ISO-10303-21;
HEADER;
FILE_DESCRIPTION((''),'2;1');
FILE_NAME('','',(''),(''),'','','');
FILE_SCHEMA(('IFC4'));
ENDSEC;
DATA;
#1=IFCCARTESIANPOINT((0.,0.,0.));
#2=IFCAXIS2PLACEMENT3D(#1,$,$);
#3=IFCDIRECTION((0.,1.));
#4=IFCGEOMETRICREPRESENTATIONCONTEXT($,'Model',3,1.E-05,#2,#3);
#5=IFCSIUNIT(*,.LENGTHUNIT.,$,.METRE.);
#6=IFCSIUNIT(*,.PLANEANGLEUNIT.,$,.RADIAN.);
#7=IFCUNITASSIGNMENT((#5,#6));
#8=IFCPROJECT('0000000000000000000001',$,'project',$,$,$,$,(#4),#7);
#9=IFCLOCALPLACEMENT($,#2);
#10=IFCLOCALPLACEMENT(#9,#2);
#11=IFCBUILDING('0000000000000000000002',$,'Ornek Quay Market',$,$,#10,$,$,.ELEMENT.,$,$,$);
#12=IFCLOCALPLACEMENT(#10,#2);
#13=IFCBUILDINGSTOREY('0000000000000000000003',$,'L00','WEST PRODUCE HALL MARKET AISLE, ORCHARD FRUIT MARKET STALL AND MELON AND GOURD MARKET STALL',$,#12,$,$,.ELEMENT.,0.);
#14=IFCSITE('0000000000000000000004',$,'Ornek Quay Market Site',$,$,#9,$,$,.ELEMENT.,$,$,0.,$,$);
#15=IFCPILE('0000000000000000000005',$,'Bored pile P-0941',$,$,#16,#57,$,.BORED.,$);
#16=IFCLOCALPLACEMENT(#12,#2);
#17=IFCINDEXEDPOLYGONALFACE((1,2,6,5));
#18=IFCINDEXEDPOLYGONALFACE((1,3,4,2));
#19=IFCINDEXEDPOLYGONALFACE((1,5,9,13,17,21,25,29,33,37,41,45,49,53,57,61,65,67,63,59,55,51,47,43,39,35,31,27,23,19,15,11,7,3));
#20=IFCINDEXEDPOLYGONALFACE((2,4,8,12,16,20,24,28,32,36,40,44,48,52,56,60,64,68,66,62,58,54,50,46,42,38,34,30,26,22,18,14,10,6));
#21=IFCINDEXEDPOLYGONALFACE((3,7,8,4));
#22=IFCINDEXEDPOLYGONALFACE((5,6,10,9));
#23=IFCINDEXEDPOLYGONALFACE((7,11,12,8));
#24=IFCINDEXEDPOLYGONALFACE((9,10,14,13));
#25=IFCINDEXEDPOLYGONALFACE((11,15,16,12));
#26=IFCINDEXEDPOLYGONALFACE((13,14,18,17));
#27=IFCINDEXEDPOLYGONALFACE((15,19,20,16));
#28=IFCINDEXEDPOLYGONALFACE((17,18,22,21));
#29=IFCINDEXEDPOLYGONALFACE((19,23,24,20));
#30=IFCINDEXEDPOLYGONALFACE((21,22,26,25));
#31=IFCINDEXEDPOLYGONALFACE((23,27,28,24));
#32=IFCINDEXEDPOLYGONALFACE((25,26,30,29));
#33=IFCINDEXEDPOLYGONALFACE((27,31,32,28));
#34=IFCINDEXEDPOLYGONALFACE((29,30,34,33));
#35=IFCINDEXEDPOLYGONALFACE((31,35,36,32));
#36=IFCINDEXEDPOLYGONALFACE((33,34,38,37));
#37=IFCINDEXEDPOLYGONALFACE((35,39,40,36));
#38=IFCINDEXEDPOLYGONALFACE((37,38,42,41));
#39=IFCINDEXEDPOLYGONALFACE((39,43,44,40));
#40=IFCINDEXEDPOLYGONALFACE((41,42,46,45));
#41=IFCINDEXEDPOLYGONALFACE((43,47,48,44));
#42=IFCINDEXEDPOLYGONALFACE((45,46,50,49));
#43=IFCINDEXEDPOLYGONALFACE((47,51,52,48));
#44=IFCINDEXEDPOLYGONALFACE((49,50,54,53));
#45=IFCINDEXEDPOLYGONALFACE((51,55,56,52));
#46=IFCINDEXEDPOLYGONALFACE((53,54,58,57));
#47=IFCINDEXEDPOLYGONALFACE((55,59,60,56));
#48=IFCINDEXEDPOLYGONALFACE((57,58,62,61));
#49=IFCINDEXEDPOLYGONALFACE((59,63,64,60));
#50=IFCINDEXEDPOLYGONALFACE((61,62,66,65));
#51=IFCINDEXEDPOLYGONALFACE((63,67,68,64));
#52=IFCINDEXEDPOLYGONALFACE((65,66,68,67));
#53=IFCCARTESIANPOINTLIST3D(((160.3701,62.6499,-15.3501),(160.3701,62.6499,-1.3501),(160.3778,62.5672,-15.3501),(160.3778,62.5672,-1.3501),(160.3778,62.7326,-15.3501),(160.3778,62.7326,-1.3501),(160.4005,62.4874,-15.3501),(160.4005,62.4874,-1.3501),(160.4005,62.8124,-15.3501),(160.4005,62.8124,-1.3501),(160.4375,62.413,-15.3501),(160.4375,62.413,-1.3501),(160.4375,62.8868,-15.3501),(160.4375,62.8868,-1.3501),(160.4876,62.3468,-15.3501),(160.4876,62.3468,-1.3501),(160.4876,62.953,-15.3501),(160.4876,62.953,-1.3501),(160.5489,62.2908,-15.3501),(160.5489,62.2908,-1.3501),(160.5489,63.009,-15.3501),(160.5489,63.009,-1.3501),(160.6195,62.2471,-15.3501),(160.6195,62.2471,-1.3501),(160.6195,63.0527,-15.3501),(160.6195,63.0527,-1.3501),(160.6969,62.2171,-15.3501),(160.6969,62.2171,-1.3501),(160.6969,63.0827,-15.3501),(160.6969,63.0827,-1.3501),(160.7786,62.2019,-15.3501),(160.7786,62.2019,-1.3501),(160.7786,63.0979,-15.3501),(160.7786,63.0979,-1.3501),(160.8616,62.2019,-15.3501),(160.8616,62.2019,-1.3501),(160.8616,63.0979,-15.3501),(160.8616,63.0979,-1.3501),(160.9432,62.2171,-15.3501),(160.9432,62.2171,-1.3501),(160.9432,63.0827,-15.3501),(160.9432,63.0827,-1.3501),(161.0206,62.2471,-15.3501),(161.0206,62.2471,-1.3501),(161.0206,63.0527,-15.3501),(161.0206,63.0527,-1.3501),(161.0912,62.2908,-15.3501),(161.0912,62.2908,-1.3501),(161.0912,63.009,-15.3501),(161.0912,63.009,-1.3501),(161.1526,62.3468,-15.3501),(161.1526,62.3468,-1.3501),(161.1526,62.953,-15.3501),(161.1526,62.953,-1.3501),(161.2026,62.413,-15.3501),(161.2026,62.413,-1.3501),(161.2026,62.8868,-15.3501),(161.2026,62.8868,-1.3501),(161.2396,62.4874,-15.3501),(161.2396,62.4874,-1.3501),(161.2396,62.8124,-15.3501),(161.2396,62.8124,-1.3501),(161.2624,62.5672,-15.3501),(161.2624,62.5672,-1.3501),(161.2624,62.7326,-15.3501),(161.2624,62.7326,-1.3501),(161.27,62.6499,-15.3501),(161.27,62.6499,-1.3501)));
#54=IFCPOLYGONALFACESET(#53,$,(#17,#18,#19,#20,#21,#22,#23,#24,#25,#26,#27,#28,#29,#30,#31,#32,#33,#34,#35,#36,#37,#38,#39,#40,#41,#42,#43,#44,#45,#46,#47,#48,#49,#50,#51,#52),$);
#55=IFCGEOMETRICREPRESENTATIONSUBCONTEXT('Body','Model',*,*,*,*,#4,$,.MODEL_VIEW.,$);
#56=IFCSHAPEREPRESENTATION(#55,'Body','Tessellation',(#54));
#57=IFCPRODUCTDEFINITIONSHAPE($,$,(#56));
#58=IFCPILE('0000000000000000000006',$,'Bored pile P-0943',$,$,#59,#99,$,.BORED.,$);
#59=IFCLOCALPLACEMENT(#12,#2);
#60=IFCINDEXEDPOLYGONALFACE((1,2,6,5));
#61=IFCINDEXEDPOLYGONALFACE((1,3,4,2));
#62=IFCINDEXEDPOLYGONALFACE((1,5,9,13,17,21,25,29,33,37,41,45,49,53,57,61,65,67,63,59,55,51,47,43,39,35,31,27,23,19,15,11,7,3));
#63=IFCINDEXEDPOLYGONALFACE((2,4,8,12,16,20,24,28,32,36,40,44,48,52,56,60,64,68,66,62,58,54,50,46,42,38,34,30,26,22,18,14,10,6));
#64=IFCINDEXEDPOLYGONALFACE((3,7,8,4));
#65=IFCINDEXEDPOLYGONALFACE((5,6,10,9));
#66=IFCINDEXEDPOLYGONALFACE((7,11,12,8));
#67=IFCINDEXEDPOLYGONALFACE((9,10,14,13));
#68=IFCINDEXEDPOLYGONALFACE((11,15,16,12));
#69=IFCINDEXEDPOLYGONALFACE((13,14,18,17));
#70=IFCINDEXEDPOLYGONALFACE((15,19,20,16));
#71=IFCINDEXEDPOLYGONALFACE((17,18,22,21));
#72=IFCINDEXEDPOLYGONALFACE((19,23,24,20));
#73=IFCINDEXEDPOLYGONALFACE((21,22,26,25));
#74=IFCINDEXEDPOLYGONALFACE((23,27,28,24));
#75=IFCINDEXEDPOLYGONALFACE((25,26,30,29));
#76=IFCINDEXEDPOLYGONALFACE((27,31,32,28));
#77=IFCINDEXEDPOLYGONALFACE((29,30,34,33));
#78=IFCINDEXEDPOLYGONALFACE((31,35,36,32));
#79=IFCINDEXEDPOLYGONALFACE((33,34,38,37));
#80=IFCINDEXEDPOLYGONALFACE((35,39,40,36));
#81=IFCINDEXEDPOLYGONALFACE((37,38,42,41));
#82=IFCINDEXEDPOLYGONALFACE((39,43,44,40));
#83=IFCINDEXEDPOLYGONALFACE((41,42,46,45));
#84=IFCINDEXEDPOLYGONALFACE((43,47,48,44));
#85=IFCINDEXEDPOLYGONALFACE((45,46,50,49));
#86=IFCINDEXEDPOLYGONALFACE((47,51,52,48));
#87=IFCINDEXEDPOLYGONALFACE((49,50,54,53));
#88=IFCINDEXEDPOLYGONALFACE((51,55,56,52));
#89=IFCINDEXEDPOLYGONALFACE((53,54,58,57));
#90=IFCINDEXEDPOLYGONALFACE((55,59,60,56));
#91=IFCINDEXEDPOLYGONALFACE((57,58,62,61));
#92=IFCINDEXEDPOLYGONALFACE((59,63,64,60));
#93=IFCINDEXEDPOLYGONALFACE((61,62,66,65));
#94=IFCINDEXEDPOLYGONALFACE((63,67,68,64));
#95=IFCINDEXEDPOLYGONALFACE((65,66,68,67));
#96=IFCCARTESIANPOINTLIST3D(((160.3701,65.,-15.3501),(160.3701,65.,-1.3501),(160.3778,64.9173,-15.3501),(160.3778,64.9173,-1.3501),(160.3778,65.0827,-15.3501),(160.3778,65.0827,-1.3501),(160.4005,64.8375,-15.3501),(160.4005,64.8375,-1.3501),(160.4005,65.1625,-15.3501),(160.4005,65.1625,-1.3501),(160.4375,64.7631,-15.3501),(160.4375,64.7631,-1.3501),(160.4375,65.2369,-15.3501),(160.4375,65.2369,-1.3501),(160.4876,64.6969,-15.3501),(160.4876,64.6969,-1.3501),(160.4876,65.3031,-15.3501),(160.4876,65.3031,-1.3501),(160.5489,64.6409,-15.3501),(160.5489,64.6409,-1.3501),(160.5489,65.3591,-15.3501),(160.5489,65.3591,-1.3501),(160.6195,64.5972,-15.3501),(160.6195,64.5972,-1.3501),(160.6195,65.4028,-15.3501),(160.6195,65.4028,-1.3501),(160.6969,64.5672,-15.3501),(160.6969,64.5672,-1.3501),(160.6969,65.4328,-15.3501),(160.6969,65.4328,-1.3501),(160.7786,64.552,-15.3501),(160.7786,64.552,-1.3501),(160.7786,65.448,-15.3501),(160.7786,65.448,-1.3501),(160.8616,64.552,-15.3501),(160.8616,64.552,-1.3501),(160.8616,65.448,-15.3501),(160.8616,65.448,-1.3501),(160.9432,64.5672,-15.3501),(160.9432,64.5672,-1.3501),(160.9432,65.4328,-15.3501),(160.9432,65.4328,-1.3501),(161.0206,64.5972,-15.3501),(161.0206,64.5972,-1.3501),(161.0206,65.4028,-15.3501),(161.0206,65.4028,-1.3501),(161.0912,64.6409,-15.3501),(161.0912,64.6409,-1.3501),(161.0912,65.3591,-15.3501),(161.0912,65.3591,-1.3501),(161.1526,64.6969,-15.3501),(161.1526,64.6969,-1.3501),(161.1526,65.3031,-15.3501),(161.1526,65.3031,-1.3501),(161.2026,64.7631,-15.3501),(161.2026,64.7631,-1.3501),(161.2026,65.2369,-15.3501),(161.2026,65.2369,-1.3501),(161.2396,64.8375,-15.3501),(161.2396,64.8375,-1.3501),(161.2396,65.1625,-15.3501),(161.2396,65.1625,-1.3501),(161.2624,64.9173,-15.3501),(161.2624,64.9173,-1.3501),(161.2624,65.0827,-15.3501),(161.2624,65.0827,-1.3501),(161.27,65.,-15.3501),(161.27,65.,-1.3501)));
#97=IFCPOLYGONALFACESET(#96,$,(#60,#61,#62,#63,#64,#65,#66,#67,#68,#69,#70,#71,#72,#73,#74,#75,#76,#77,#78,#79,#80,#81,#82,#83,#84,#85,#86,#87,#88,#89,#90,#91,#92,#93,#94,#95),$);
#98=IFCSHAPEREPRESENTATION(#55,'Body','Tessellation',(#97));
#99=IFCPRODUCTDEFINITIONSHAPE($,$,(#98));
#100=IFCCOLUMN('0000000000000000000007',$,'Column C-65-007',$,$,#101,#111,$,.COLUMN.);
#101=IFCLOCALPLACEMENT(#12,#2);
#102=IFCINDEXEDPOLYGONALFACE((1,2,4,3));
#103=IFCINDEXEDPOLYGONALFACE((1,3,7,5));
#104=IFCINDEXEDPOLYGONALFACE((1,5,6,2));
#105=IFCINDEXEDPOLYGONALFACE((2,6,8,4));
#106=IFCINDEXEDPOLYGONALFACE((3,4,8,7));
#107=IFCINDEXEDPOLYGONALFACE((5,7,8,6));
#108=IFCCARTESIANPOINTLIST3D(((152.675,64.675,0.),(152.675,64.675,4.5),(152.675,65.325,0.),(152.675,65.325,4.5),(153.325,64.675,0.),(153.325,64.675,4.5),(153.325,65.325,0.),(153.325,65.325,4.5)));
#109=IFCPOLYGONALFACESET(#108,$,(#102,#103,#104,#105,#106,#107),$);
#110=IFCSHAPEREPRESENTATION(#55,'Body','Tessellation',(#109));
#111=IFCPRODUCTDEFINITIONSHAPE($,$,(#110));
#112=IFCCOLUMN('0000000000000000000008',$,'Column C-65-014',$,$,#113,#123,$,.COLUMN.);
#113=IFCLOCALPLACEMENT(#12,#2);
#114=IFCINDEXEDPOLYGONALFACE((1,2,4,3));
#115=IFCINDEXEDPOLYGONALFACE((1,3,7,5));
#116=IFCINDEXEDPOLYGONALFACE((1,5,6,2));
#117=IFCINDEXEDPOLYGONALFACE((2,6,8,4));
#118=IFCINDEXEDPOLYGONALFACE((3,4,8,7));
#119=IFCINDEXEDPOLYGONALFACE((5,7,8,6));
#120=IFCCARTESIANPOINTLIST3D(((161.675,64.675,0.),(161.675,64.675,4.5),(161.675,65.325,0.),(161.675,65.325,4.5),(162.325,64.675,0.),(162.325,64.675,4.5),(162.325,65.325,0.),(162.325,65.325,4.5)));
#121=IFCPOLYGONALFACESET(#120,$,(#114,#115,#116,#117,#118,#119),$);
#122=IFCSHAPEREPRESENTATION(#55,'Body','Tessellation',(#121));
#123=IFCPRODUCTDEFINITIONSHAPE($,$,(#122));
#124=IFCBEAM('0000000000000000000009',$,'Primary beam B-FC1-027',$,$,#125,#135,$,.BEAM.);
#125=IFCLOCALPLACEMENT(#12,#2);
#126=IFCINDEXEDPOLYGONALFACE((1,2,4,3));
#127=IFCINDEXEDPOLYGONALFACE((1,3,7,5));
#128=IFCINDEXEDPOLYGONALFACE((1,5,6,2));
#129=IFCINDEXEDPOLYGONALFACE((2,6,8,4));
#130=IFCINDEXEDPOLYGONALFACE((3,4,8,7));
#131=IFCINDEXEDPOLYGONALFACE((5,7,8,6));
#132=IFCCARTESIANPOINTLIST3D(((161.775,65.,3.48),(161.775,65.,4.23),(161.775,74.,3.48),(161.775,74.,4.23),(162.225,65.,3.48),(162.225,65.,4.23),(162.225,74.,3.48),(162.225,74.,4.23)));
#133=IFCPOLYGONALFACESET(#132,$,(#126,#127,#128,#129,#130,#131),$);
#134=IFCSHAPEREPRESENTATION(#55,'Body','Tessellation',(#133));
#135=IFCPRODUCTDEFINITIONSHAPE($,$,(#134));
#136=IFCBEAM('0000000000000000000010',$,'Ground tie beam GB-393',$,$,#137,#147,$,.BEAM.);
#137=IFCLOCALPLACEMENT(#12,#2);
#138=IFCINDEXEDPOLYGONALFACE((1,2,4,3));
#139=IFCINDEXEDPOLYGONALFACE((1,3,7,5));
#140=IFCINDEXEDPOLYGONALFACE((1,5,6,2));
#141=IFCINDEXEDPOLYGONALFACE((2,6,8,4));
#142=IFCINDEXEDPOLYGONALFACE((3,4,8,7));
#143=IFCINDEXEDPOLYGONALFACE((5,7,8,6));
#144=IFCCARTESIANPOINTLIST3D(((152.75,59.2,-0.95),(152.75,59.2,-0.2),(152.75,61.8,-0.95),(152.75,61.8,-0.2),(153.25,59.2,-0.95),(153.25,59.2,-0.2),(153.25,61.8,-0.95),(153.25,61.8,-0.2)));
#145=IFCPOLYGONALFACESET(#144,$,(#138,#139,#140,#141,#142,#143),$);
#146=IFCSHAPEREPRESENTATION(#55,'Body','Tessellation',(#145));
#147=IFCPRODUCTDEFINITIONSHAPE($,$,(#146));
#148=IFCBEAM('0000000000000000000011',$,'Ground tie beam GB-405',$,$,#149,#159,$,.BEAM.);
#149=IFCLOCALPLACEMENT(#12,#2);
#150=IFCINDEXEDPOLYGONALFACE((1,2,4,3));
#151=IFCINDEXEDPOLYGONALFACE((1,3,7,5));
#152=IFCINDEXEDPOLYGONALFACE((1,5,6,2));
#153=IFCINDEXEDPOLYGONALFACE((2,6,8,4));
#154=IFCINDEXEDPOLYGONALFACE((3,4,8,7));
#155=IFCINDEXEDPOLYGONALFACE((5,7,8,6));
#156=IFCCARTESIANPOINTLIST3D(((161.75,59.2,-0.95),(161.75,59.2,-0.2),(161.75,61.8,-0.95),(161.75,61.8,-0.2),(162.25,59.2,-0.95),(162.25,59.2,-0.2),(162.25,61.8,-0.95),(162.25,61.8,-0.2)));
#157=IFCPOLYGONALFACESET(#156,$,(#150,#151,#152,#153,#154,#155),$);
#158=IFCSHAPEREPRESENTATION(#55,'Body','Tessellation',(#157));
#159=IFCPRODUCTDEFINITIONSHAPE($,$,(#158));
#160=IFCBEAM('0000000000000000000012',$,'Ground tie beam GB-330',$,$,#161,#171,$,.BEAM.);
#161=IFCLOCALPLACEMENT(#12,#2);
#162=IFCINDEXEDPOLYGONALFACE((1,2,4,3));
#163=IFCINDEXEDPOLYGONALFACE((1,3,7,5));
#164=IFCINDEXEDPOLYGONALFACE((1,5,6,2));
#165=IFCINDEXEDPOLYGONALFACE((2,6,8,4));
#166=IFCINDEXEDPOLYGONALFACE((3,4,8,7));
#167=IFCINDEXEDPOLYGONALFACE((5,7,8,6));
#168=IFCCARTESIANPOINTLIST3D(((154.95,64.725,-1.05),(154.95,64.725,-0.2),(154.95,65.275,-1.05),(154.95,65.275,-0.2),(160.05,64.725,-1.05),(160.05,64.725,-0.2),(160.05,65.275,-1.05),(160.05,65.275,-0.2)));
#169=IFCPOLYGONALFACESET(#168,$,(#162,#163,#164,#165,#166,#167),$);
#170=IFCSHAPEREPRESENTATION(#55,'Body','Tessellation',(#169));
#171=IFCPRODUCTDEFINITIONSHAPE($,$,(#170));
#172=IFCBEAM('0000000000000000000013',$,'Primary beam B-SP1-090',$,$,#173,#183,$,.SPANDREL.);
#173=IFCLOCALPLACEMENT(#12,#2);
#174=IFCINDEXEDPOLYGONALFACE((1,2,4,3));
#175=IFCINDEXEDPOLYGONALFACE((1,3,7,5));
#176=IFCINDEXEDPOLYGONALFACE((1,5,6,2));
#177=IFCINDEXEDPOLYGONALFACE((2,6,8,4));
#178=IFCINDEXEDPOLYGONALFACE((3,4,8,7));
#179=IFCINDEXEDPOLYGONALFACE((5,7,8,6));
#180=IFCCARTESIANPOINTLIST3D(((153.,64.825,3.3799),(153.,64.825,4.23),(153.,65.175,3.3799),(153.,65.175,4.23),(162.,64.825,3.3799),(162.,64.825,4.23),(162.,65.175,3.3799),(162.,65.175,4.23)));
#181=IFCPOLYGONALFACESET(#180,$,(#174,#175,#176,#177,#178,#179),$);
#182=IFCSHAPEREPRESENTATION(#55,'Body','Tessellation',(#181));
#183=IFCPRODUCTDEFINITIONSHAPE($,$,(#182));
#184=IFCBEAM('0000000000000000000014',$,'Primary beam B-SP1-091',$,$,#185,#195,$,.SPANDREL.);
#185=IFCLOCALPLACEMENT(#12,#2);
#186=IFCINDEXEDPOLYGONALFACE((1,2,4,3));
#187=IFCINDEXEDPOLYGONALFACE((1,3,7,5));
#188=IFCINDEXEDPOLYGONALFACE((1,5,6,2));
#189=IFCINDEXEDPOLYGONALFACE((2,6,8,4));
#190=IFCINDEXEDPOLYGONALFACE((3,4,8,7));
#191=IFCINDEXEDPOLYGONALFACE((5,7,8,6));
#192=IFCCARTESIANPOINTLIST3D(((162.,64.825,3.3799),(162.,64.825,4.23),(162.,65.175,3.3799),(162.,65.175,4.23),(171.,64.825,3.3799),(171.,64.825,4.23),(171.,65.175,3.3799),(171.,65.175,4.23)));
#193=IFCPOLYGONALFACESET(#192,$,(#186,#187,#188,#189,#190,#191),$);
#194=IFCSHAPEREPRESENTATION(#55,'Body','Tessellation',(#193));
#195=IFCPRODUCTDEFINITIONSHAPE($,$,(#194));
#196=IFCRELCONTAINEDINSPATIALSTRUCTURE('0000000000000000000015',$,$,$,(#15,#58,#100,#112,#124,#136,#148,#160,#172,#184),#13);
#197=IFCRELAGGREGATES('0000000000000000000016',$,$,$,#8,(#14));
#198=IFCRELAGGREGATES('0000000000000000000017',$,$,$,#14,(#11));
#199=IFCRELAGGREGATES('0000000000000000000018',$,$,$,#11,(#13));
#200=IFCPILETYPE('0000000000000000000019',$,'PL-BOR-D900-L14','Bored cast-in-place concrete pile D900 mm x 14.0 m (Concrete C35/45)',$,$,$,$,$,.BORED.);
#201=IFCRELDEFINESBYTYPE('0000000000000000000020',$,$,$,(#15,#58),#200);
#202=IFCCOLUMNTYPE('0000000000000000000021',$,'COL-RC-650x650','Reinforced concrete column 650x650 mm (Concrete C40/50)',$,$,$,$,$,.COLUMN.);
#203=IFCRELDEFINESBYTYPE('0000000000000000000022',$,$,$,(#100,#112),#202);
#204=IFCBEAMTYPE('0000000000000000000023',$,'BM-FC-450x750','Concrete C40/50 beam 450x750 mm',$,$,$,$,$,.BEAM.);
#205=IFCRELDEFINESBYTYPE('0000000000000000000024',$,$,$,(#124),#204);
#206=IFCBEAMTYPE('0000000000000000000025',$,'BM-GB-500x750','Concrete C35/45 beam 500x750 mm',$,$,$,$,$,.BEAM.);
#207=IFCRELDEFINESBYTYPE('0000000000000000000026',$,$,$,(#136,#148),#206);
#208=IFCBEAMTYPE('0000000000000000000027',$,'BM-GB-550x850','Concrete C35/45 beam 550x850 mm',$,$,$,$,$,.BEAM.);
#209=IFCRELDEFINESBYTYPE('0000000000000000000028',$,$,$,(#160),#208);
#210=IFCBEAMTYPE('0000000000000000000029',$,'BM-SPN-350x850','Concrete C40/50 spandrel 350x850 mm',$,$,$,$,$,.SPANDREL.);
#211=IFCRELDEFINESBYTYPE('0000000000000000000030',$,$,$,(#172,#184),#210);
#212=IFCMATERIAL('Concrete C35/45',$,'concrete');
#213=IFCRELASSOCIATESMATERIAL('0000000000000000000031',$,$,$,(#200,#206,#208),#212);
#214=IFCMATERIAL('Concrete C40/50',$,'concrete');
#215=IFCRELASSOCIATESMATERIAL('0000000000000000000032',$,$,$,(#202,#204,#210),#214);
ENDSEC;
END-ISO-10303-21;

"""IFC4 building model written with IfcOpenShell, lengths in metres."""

from ifc_helpers import new_model, si_unit, direction, frame, origin, origin_2d, place, context, subcontext, project, spatial, rectangle, circle, extrude, material, material_profile, profile_set, type_object, element, save


model = new_model("IFC4")

# Units and contexts
model_context = context("Model", 3, precision=1e-05, world=origin(), true_north=direction((0.0, 1.0)))
body_context = subcontext(model_context, "Body", "Model", "MODEL_VIEW")
ifc_project = project(units=[si_unit("LENGTHUNIT", "METRE"), si_unit("PLANEANGLEUNIT", "RADIAN")], contexts=[model_context])

# Site, building, storey
site_placement = place(None, origin())
site = spatial("IfcSite", under=ifc_project, at=site_placement, Name="Ornek Quay Market Site", CompositionType="ELEMENT", RefElevation=0.0)
building_placement = place(site_placement, origin())
building = spatial("IfcBuilding", under=site, at=building_placement, Name="Ornek Quay Market", CompositionType="ELEMENT")
storey_placement = place(building_placement, origin())
storey = spatial("IfcBuildingStorey", under=building, at=storey_placement, Name="L00", Description="WEST PRODUCE HALL MARKET AISLE, ORCHARD FRUIT MARKET STALL AND MELON AND GOURD MARKET STALL", CompositionType="ELEMENT", Elevation=0.0)

# Piles
ifc_material_1 = material(Name="Concrete C35/45", Category="concrete")
ifc_material_profile_1 = material_profile(ifc_material_1, circle(Radius=0.45, at=origin_2d()), Name="PILE D900", Category="concrete")
ifc_profile_set_1 = profile_set([ifc_material_profile_1], Name="Concrete C35/45")
pile_type = type_object("IfcPileType", Name="PL-BOR-D900-L14", Description="Bored cast-in-place concrete pile D900 mm x 14.0 m (Concrete C35/45)", PredefinedType="BORED", material=ifc_profile_set_1)
for number, where, z_axis, x_axis, name in (
    (1, (160.8201, 62.6499, -1.3501), (0.0, 0.0, -1.0), (1.0, 0.0, 0.0), "Bored pile P-0941"),
    (2, (160.8201, 65.0, -1.3501), (0.0, 0.0, -1.0), (1.0, 0.0, 0.0), "Bored pile P-0943"),
):
    element("IfcPile", number, at=place(storey_placement, frame(where, z_axis=z_axis, x_axis=x_axis)), inside=storey, type_object=pile_type, Name=name, PredefinedType="BORED", context=body_context, shape_type="SweptSolid", body=[
        extrude(circle(Radius=0.45, at=origin_2d()), origin(), (0.0, 0.0, 1.0), 14.0),
    ])

# Columns
ifc_material_2 = material(Name="Concrete C40/50", Category="concrete")
ifc_material_profile_2 = material_profile(ifc_material_2, rectangle(XDim=0.6499, YDim=0.6499, at=origin_2d()), Name="RC 650x650", Category="concrete")
ifc_profile_set_2 = profile_set([ifc_material_profile_2], Name="Concrete C40/50")
column_type = type_object("IfcColumnType", Name="COL-RC-650x650", Description="Reinforced concrete column 650x650 mm (Concrete C40/50)", PredefinedType="COLUMN", material=ifc_profile_set_2)
for number, where, z_axis, x_axis, name in (
    (3, (153.0, 65.0, 0.0), (0.0, 0.0, 1.0), (1.0, 0.0, 0.0), "Column C-65-007"),
    (4, (162.0, 65.0, 0.0), (0.0, 0.0, 1.0), (1.0, 0.0, 0.0), "Column C-65-014"),
):
    element("IfcColumn", number, at=place(storey_placement, frame(where, z_axis=z_axis, x_axis=x_axis)), inside=storey, type_object=column_type, Name=name, PredefinedType="COLUMN", context=body_context, shape_type="SweptSolid", body=[
        extrude(rectangle(XDim=0.6499, YDim=0.6499, at=origin_2d()), origin(), (0.0, 0.0, 1.0), 4.5),
    ])

# Beams
ifc_material_profile_3 = material_profile(ifc_material_2, rectangle(XDim=0.45, YDim=0.75, at=origin_2d()), Name="RC 450x750", Category="concrete")
ifc_profile_set_3 = profile_set([ifc_material_profile_3], Name="Concrete C40/50")
beam_type_1 = type_object("IfcBeamType", Name="BM-FC-450x750", Description="Concrete C40/50 beam 450x750 mm", PredefinedType="BEAM", material=ifc_profile_set_3)
beam_1_placement = place(storey_placement, frame((162.0, 65.0, 3.855), z_axis=(0.0, 1.0, 0.0), x_axis=(-1.0, 0.0, 0.0)))
element("IfcBeam", 5, at=beam_1_placement, inside=storey, type_object=beam_type_1, Name="Primary beam B-FC1-027", PredefinedType="BEAM", context=body_context, shape_type="SweptSolid", body=[
    extrude(rectangle(XDim=0.45, YDim=0.75, at=origin_2d()), origin(), (0.0, 0.0, 1.0), 9.0),
])
ifc_material_profile_4 = material_profile(ifc_material_1, rectangle(XDim=0.5, YDim=0.75, at=origin_2d()), Name="RC 500x750", Category="concrete")
ifc_profile_set_4 = profile_set([ifc_material_profile_4], Name="Concrete C35/45")
beam_type_2 = type_object("IfcBeamType", Name="BM-GB-500x750", Description="Concrete C35/45 beam 500x750 mm", PredefinedType="BEAM", material=ifc_profile_set_4)
for number, where, z_axis, x_axis, name in (
    (6, (153.0, 59.2, -0.575), (0.0, 1.0, 0.0), (-1.0, 0.0, 0.0), "Ground tie beam GB-393"),
    (7, (162.0, 59.2, -0.575), (0.0, 1.0, 0.0), (-1.0, 0.0, 0.0), "Ground tie beam GB-405"),
):
    element("IfcBeam", number, at=place(storey_placement, frame(where, z_axis=z_axis, x_axis=x_axis)), inside=storey, type_object=beam_type_2, Name=name, PredefinedType="BEAM", context=body_context, shape_type="SweptSolid", body=[
        extrude(rectangle(XDim=0.5, YDim=0.75, at=origin_2d()), origin(), (0.0, 0.0, 1.0), 2.6001),
    ])
ifc_material_profile_5 = material_profile(ifc_material_1, rectangle(XDim=0.55, YDim=0.8501, at=origin_2d()), Name="RC 550x850", Category="concrete")
ifc_profile_set_5 = profile_set([ifc_material_profile_5], Name="Concrete C35/45")
beam_type_3 = type_object("IfcBeamType", Name="BM-GB-550x850", Description="Concrete C35/45 beam 550x850 mm", PredefinedType="BEAM", material=ifc_profile_set_5)
beam_2_placement = place(storey_placement, frame((154.95, 65.0, -0.625), z_axis=(1.0, 0.0, 0.0), x_axis=(0.0, 1.0, 0.0)))
element("IfcBeam", 8, at=beam_2_placement, inside=storey, type_object=beam_type_3, Name="Ground tie beam GB-330", PredefinedType="BEAM", context=body_context, shape_type="SweptSolid", body=[
    extrude(rectangle(XDim=0.55, YDim=0.8501, at=origin_2d()), origin(), (0.0, 0.0, 1.0), 5.1001),
])
ifc_material_profile_6 = material_profile(ifc_material_2, rectangle(XDim=0.3501, YDim=0.8501, at=origin_2d()), Name="RC 350x850", Category="concrete")
ifc_profile_set_6 = profile_set([ifc_material_profile_6], Name="Concrete C40/50")
beam_type_4 = type_object("IfcBeamType", Name="BM-SPN-350x850", Description="Concrete C40/50 spandrel 350x850 mm", PredefinedType="SPANDREL", material=ifc_profile_set_6)
for number, where, z_axis, x_axis, name in (
    (9, (153.0, 65.0, 3.8049), (1.0, 0.0, 0.0), (0.0, 1.0, 0.0), "Primary beam B-SP1-090"),
    (10, (162.0, 65.0, 3.8049), (1.0, 0.0, 0.0), (0.0, 1.0, 0.0), "Primary beam B-SP1-091"),
):
    element("IfcBeam", number, at=place(storey_placement, frame(where, z_axis=z_axis, x_axis=x_axis)), inside=storey, type_object=beam_type_4, Name=name, PredefinedType="SPANDREL", context=body_context, shape_type="SweptSolid", body=[
        extrude(rectangle(XDim=0.3501, YDim=0.8501, at=origin_2d()), origin(), (0.0, 0.0, 1.0), 9.0),
    ])

save(model, "model.ifc")
